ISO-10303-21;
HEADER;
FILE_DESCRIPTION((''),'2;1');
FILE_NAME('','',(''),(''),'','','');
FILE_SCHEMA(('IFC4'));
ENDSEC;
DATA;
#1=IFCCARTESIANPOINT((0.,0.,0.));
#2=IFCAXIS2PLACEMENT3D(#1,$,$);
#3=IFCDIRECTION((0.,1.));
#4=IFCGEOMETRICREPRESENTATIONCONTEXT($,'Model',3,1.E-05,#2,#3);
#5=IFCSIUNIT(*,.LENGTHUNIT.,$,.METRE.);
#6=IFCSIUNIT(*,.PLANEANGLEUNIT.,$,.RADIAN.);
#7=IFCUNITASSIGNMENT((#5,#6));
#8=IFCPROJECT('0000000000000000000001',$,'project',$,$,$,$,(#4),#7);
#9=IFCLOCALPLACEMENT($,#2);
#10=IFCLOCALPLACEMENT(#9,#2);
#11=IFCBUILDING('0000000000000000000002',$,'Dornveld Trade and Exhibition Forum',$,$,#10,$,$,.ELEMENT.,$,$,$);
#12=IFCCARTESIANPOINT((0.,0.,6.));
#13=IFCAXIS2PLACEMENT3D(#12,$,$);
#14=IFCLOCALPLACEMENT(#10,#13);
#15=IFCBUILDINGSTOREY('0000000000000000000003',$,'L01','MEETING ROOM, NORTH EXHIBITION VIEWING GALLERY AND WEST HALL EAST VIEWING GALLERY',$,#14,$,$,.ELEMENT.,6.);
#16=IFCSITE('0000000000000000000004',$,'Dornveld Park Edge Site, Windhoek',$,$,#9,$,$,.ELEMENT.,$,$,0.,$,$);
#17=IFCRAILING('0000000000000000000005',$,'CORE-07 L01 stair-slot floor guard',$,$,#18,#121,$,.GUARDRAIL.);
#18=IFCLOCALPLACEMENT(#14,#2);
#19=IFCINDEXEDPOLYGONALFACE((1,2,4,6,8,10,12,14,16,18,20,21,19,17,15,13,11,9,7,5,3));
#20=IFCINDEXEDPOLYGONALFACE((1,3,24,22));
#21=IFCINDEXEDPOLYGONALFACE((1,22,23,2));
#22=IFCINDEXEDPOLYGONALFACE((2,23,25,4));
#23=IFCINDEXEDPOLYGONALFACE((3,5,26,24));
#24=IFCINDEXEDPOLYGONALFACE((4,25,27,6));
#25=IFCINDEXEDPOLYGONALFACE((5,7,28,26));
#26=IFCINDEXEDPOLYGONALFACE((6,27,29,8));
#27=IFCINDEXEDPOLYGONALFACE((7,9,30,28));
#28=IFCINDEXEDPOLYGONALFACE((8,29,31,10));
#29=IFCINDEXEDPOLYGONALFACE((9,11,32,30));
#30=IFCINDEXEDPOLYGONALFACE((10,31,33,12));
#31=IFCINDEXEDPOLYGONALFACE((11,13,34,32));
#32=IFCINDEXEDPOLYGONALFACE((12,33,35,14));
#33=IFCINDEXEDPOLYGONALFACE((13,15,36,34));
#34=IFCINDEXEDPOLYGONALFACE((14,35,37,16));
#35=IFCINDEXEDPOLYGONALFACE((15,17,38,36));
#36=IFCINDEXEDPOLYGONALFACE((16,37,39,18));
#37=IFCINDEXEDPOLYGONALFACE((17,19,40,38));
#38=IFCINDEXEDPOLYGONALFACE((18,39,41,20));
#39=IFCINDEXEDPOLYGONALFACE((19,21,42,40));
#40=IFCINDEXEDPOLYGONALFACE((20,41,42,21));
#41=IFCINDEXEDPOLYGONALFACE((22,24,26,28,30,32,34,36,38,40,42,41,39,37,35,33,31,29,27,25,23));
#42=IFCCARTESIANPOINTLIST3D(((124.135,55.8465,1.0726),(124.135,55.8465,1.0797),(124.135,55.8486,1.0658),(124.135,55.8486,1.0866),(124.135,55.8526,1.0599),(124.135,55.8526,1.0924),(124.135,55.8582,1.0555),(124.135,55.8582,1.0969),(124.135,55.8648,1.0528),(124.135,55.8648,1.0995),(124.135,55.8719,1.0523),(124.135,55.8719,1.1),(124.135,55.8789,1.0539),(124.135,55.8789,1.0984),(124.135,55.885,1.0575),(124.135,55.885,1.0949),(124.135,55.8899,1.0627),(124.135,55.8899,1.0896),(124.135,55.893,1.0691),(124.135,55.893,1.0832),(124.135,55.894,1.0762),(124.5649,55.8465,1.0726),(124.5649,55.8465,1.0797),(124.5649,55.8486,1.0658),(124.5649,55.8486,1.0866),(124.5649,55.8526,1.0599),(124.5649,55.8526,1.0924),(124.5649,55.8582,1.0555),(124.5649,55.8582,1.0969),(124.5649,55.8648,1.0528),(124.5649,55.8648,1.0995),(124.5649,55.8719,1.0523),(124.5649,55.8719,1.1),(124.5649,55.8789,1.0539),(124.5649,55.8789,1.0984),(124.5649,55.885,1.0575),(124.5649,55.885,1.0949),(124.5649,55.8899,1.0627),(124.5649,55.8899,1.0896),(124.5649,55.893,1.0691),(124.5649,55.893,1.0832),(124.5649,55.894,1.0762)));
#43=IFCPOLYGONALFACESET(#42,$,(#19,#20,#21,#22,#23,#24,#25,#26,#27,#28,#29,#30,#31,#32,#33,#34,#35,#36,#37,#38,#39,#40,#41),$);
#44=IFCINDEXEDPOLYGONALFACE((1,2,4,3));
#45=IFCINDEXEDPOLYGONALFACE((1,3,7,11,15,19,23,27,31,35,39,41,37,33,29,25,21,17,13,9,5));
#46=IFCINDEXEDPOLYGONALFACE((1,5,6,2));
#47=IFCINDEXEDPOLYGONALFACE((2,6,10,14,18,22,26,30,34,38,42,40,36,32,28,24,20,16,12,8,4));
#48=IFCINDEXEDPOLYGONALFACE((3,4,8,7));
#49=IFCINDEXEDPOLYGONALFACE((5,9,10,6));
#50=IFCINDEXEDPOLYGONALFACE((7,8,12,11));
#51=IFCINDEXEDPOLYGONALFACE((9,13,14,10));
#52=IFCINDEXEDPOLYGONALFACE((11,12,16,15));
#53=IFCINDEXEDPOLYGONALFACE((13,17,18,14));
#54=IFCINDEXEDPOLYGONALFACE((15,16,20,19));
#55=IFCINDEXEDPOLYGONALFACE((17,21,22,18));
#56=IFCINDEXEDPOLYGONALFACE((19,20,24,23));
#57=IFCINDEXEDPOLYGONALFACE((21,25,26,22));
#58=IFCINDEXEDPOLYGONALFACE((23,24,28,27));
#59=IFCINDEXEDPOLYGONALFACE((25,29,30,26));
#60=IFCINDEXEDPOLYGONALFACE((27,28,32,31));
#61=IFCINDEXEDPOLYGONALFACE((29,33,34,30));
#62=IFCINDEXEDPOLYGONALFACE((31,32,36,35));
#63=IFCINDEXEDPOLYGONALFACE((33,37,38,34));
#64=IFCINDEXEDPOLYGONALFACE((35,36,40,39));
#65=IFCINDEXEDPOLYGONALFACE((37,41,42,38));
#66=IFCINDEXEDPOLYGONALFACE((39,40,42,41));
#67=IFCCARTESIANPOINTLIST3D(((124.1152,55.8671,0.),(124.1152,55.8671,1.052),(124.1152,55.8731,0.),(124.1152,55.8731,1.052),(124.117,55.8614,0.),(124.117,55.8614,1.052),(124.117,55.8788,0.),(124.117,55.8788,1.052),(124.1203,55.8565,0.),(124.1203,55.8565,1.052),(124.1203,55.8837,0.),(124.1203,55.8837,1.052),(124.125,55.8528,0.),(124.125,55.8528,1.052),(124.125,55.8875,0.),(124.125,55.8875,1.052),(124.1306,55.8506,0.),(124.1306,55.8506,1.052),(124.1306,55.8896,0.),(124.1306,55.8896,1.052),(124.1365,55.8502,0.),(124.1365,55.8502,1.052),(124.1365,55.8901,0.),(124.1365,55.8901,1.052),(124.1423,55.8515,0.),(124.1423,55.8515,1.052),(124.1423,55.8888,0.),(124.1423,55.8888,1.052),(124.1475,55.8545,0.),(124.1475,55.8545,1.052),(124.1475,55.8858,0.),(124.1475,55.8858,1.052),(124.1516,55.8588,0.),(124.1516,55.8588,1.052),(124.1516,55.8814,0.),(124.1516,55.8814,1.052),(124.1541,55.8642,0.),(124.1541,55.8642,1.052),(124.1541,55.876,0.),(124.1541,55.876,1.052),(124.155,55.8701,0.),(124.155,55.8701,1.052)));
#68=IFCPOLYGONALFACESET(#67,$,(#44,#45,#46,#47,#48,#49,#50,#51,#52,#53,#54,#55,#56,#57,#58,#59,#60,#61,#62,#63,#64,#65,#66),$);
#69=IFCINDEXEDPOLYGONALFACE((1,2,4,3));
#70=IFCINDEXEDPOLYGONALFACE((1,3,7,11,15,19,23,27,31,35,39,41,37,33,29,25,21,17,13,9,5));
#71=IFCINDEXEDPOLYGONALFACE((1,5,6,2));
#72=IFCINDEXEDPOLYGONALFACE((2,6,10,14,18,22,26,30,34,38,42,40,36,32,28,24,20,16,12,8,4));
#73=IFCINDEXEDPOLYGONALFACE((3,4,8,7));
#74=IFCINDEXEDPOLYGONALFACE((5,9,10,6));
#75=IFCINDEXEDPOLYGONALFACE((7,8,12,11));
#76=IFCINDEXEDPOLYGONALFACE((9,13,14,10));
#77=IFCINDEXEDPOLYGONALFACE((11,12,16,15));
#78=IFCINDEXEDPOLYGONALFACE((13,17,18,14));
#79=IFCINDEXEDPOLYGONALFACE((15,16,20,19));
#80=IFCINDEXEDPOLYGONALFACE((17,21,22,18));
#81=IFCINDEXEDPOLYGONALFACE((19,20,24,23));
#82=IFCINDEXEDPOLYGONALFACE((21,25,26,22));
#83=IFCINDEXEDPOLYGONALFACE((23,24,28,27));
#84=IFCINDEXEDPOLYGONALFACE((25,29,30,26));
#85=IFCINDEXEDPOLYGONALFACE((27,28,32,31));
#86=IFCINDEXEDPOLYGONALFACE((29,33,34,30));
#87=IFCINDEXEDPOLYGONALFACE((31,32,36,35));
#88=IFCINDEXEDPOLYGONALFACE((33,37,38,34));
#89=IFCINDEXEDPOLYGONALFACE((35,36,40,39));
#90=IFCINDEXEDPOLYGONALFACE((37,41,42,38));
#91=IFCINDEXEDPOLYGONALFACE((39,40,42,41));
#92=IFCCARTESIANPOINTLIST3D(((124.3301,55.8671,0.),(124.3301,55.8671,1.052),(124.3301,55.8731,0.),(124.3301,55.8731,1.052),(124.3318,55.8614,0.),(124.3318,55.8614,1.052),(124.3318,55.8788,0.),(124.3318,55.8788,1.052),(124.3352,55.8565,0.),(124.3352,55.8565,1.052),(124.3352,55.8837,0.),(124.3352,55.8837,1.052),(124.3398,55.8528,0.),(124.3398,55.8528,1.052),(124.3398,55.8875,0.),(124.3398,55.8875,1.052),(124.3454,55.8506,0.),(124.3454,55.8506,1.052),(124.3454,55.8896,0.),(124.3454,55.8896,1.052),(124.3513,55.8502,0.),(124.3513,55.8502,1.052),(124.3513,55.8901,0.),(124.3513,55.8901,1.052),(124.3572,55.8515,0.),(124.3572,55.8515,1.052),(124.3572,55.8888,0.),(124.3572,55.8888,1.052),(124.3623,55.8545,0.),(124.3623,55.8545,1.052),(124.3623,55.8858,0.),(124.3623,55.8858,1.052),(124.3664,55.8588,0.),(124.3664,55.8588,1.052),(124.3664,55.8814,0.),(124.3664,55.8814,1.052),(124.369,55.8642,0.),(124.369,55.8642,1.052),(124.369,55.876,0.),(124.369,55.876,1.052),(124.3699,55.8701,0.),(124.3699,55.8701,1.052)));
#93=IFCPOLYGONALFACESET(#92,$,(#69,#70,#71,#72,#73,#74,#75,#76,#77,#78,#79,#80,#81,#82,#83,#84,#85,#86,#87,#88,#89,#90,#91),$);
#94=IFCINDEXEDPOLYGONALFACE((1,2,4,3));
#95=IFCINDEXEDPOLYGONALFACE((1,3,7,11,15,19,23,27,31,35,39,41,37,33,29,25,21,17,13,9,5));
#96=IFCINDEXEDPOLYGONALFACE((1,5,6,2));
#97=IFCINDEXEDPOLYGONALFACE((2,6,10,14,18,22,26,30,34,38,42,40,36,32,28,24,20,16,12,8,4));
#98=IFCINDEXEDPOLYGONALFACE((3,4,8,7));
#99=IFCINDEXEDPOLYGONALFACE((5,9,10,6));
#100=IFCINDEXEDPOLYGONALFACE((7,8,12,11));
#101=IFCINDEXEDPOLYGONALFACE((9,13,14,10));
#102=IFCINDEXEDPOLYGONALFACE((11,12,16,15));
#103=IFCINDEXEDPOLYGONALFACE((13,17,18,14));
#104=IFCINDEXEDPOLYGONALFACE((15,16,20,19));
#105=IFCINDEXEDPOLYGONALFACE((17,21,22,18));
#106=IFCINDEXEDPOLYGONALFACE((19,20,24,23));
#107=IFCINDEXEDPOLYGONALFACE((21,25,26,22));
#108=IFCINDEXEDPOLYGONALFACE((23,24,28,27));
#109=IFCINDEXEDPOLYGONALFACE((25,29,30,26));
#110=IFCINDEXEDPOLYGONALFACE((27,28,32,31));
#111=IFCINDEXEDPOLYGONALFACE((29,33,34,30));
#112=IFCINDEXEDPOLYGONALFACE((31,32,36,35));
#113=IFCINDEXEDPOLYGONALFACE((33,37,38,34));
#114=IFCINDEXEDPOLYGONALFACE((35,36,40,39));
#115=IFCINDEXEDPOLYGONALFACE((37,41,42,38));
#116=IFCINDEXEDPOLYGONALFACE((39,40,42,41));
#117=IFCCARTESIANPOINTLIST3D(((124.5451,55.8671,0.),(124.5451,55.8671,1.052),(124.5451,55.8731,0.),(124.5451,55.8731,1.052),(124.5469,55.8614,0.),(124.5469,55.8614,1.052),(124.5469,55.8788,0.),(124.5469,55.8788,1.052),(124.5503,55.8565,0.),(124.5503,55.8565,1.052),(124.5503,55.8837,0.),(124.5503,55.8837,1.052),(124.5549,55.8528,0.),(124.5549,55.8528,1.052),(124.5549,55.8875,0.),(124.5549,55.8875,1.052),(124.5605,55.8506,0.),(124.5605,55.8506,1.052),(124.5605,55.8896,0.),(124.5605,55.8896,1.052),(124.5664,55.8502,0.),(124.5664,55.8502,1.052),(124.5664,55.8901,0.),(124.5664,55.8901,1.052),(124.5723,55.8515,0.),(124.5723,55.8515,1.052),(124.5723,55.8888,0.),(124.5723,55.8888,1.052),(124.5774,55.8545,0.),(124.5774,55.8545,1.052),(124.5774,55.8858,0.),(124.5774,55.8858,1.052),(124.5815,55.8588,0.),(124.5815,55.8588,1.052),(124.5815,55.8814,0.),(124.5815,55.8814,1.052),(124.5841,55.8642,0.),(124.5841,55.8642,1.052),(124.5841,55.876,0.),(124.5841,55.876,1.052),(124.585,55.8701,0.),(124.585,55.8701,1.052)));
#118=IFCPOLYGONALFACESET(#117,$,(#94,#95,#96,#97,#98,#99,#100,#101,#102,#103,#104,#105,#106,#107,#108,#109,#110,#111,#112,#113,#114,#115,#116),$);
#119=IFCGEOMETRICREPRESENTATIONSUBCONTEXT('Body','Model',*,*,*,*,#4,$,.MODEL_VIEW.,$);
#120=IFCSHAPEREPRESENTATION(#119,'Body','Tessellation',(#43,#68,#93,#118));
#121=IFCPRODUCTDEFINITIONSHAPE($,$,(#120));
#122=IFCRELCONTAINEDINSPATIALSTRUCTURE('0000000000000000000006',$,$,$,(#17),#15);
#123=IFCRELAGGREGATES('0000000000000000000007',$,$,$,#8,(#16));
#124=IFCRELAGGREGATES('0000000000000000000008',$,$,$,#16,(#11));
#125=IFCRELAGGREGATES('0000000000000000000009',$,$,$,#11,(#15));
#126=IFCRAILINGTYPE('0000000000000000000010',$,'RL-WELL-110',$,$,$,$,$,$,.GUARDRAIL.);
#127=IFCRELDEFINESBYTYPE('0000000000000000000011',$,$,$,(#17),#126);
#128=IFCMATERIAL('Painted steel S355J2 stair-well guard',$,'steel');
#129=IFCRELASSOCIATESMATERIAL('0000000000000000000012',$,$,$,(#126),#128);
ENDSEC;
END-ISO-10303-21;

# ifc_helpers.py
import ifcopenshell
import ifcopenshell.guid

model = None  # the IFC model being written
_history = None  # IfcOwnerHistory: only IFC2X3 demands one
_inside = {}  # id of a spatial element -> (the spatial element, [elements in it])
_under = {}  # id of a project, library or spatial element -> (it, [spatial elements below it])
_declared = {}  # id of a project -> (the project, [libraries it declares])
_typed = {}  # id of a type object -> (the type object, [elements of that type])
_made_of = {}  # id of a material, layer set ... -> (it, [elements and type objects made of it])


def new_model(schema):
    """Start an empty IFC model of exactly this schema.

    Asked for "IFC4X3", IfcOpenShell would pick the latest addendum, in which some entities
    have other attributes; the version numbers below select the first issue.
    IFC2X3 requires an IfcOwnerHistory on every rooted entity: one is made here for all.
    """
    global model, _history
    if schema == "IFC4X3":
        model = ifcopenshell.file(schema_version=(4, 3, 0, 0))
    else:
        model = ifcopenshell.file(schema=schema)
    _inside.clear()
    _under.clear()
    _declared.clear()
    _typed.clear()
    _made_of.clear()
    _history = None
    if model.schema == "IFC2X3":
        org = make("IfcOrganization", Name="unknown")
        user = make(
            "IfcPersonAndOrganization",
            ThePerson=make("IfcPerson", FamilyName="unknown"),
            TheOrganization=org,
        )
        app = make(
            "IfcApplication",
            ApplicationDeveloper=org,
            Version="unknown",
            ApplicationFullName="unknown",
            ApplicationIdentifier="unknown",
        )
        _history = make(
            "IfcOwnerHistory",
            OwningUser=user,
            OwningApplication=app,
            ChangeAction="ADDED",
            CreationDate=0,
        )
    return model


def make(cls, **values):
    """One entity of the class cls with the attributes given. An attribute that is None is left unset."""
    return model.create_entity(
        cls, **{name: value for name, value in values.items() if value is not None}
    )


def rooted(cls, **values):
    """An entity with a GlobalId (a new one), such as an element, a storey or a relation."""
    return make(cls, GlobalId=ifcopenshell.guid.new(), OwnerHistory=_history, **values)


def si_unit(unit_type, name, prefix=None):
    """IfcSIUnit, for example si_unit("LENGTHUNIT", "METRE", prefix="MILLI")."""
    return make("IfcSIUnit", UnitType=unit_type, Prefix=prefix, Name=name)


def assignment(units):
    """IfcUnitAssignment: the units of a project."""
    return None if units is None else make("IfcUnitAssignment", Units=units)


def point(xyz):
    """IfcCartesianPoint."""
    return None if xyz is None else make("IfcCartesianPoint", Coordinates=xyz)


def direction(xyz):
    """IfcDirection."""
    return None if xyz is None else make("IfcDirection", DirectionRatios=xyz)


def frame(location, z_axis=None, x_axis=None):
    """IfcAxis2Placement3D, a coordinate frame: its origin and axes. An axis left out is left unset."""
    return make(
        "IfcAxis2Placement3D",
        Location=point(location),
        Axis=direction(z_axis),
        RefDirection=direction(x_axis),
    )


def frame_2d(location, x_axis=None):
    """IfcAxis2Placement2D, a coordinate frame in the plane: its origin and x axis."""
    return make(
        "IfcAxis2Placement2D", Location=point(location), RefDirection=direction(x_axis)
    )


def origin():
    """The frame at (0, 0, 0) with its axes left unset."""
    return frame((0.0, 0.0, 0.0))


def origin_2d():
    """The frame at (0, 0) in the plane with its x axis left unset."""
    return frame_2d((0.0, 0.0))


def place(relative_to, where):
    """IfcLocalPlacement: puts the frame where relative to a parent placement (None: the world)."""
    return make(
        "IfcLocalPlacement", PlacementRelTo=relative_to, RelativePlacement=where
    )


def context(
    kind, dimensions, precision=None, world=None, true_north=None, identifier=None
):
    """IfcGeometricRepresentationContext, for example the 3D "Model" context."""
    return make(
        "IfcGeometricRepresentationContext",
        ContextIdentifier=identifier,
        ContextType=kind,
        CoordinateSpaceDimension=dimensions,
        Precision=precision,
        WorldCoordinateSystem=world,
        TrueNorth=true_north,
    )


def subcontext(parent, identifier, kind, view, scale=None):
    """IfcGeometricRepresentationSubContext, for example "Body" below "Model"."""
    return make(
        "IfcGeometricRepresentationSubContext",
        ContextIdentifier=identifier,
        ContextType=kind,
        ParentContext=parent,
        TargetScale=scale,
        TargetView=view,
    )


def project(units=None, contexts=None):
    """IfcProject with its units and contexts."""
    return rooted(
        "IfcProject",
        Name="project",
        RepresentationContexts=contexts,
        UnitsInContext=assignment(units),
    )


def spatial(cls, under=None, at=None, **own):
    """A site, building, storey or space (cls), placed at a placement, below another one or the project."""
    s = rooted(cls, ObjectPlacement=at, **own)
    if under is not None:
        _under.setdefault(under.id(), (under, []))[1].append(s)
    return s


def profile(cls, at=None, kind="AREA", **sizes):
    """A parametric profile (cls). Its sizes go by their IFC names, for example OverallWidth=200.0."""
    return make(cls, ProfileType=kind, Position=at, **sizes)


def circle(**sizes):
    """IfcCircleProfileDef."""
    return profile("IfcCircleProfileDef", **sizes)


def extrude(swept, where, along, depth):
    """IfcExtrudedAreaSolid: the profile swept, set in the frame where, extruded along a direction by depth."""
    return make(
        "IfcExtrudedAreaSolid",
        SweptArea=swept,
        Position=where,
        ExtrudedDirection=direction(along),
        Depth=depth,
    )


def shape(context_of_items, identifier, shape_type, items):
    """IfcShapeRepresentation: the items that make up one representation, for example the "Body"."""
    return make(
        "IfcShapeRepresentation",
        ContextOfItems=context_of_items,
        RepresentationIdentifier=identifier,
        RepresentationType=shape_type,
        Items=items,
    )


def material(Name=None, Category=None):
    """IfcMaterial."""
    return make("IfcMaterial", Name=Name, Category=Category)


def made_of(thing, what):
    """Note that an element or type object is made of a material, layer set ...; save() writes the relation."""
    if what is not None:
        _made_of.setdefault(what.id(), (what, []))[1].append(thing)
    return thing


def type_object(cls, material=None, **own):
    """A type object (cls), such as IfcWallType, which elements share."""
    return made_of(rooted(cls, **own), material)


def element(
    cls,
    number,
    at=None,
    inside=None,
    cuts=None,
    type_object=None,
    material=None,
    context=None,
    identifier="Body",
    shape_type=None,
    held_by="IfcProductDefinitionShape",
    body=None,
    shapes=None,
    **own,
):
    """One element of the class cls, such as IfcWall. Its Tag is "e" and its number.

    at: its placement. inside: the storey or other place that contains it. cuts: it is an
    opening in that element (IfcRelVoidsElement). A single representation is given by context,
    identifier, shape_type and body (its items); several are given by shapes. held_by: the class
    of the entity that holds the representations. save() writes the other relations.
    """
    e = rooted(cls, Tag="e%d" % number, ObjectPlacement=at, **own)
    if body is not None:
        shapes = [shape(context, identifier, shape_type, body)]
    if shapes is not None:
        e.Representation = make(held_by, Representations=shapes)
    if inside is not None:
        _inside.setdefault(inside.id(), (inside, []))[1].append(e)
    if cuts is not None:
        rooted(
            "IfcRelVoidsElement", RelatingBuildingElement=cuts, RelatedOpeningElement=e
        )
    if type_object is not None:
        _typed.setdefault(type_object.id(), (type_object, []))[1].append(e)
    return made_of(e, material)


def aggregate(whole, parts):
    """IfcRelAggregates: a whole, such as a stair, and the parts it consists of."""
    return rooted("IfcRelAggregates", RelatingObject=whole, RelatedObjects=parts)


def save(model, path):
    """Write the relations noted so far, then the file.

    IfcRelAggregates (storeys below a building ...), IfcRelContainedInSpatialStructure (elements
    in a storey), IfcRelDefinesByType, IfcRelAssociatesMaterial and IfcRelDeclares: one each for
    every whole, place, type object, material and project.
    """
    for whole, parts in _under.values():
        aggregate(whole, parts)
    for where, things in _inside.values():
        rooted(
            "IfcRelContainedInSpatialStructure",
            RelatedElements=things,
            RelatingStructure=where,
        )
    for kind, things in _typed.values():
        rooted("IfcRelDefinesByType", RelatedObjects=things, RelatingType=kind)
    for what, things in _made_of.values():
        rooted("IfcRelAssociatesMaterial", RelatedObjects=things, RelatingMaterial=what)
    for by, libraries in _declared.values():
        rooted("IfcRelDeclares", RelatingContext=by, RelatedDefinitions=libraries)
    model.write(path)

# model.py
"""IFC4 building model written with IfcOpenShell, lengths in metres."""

from ifc_helpers import new_model, si_unit, direction, frame, origin, origin_2d, place, context, subcontext, project, spatial, circle, extrude, material, type_object, element, save


model = new_model("IFC4")

# Units and contexts
model_context = context("Model", 3, precision=1e-05, world=origin(), true_north=direction((0.0, 1.0)))
body_context = subcontext(model_context, "Body", "Model", "MODEL_VIEW")
ifc_project = project(units=[si_unit("LENGTHUNIT", "METRE"), si_unit("PLANEANGLEUNIT", "RADIAN")], contexts=[model_context])

# Site, building, storey
site_placement = place(None, origin())
site = spatial("IfcSite", under=ifc_project, at=site_placement, Name="Dornveld Park Edge Site, Windhoek", CompositionType="ELEMENT", RefElevation=0.0)
building_placement = place(site_placement, origin())
building = spatial("IfcBuilding", under=site, at=building_placement, Name="Dornveld Trade and Exhibition Forum", CompositionType="ELEMENT")
storey_placement = place(building_placement, frame((0.0, 0.0, 6.0)))
storey = spatial("IfcBuildingStorey", under=building, at=storey_placement, Name="L01", Description="MEETING ROOM, NORTH EXHIBITION VIEWING GALLERY AND WEST HALL EAST VIEWING GALLERY", CompositionType="ELEMENT", Elevation=6.0)

# Railing
ifc_material_1 = material(Name="Painted steel S355J2 stair-well guard", Category="steel")
railing_type_1 = type_object("IfcRailingType", Name="RL-WELL-110", PredefinedType="GUARDRAIL", material=ifc_material_1)
railing_1_placement = place(storey_placement, frame((124.135, 55.8701, 0.0)))
element("IfcRailing", 1, at=railing_1_placement, inside=storey, type_object=railing_type_1, Name="CORE-07 L01 stair-slot floor guard", PredefinedType="GUARDRAIL", context=body_context, shape_type="SweptSolid", body=[
    extrude(circle(Radius=0.0239, at=origin_2d()), frame((0.0, 0.0, 1.0762), z_axis=(1.0, 0.0, 0.0), x_axis=(0.0, 1.0, 0.0)), (0.0, 0.0, 1.0), 0.4299),
    extrude(circle(Radius=0.02, at=origin_2d()), origin(), (0.0, 0.0, 1.0), 1.052),
    extrude(circle(Radius=0.02, at=origin_2d()), frame((0.2148, 0.0, 0.0)), (0.0, 0.0, 1.0), 1.052),
    extrude(circle(Radius=0.02, at=origin_2d()), frame((0.4299, 0.0, 0.0)), (0.0, 0.0, 1.0), 1.052),
])

save(model, "model.ifc")
